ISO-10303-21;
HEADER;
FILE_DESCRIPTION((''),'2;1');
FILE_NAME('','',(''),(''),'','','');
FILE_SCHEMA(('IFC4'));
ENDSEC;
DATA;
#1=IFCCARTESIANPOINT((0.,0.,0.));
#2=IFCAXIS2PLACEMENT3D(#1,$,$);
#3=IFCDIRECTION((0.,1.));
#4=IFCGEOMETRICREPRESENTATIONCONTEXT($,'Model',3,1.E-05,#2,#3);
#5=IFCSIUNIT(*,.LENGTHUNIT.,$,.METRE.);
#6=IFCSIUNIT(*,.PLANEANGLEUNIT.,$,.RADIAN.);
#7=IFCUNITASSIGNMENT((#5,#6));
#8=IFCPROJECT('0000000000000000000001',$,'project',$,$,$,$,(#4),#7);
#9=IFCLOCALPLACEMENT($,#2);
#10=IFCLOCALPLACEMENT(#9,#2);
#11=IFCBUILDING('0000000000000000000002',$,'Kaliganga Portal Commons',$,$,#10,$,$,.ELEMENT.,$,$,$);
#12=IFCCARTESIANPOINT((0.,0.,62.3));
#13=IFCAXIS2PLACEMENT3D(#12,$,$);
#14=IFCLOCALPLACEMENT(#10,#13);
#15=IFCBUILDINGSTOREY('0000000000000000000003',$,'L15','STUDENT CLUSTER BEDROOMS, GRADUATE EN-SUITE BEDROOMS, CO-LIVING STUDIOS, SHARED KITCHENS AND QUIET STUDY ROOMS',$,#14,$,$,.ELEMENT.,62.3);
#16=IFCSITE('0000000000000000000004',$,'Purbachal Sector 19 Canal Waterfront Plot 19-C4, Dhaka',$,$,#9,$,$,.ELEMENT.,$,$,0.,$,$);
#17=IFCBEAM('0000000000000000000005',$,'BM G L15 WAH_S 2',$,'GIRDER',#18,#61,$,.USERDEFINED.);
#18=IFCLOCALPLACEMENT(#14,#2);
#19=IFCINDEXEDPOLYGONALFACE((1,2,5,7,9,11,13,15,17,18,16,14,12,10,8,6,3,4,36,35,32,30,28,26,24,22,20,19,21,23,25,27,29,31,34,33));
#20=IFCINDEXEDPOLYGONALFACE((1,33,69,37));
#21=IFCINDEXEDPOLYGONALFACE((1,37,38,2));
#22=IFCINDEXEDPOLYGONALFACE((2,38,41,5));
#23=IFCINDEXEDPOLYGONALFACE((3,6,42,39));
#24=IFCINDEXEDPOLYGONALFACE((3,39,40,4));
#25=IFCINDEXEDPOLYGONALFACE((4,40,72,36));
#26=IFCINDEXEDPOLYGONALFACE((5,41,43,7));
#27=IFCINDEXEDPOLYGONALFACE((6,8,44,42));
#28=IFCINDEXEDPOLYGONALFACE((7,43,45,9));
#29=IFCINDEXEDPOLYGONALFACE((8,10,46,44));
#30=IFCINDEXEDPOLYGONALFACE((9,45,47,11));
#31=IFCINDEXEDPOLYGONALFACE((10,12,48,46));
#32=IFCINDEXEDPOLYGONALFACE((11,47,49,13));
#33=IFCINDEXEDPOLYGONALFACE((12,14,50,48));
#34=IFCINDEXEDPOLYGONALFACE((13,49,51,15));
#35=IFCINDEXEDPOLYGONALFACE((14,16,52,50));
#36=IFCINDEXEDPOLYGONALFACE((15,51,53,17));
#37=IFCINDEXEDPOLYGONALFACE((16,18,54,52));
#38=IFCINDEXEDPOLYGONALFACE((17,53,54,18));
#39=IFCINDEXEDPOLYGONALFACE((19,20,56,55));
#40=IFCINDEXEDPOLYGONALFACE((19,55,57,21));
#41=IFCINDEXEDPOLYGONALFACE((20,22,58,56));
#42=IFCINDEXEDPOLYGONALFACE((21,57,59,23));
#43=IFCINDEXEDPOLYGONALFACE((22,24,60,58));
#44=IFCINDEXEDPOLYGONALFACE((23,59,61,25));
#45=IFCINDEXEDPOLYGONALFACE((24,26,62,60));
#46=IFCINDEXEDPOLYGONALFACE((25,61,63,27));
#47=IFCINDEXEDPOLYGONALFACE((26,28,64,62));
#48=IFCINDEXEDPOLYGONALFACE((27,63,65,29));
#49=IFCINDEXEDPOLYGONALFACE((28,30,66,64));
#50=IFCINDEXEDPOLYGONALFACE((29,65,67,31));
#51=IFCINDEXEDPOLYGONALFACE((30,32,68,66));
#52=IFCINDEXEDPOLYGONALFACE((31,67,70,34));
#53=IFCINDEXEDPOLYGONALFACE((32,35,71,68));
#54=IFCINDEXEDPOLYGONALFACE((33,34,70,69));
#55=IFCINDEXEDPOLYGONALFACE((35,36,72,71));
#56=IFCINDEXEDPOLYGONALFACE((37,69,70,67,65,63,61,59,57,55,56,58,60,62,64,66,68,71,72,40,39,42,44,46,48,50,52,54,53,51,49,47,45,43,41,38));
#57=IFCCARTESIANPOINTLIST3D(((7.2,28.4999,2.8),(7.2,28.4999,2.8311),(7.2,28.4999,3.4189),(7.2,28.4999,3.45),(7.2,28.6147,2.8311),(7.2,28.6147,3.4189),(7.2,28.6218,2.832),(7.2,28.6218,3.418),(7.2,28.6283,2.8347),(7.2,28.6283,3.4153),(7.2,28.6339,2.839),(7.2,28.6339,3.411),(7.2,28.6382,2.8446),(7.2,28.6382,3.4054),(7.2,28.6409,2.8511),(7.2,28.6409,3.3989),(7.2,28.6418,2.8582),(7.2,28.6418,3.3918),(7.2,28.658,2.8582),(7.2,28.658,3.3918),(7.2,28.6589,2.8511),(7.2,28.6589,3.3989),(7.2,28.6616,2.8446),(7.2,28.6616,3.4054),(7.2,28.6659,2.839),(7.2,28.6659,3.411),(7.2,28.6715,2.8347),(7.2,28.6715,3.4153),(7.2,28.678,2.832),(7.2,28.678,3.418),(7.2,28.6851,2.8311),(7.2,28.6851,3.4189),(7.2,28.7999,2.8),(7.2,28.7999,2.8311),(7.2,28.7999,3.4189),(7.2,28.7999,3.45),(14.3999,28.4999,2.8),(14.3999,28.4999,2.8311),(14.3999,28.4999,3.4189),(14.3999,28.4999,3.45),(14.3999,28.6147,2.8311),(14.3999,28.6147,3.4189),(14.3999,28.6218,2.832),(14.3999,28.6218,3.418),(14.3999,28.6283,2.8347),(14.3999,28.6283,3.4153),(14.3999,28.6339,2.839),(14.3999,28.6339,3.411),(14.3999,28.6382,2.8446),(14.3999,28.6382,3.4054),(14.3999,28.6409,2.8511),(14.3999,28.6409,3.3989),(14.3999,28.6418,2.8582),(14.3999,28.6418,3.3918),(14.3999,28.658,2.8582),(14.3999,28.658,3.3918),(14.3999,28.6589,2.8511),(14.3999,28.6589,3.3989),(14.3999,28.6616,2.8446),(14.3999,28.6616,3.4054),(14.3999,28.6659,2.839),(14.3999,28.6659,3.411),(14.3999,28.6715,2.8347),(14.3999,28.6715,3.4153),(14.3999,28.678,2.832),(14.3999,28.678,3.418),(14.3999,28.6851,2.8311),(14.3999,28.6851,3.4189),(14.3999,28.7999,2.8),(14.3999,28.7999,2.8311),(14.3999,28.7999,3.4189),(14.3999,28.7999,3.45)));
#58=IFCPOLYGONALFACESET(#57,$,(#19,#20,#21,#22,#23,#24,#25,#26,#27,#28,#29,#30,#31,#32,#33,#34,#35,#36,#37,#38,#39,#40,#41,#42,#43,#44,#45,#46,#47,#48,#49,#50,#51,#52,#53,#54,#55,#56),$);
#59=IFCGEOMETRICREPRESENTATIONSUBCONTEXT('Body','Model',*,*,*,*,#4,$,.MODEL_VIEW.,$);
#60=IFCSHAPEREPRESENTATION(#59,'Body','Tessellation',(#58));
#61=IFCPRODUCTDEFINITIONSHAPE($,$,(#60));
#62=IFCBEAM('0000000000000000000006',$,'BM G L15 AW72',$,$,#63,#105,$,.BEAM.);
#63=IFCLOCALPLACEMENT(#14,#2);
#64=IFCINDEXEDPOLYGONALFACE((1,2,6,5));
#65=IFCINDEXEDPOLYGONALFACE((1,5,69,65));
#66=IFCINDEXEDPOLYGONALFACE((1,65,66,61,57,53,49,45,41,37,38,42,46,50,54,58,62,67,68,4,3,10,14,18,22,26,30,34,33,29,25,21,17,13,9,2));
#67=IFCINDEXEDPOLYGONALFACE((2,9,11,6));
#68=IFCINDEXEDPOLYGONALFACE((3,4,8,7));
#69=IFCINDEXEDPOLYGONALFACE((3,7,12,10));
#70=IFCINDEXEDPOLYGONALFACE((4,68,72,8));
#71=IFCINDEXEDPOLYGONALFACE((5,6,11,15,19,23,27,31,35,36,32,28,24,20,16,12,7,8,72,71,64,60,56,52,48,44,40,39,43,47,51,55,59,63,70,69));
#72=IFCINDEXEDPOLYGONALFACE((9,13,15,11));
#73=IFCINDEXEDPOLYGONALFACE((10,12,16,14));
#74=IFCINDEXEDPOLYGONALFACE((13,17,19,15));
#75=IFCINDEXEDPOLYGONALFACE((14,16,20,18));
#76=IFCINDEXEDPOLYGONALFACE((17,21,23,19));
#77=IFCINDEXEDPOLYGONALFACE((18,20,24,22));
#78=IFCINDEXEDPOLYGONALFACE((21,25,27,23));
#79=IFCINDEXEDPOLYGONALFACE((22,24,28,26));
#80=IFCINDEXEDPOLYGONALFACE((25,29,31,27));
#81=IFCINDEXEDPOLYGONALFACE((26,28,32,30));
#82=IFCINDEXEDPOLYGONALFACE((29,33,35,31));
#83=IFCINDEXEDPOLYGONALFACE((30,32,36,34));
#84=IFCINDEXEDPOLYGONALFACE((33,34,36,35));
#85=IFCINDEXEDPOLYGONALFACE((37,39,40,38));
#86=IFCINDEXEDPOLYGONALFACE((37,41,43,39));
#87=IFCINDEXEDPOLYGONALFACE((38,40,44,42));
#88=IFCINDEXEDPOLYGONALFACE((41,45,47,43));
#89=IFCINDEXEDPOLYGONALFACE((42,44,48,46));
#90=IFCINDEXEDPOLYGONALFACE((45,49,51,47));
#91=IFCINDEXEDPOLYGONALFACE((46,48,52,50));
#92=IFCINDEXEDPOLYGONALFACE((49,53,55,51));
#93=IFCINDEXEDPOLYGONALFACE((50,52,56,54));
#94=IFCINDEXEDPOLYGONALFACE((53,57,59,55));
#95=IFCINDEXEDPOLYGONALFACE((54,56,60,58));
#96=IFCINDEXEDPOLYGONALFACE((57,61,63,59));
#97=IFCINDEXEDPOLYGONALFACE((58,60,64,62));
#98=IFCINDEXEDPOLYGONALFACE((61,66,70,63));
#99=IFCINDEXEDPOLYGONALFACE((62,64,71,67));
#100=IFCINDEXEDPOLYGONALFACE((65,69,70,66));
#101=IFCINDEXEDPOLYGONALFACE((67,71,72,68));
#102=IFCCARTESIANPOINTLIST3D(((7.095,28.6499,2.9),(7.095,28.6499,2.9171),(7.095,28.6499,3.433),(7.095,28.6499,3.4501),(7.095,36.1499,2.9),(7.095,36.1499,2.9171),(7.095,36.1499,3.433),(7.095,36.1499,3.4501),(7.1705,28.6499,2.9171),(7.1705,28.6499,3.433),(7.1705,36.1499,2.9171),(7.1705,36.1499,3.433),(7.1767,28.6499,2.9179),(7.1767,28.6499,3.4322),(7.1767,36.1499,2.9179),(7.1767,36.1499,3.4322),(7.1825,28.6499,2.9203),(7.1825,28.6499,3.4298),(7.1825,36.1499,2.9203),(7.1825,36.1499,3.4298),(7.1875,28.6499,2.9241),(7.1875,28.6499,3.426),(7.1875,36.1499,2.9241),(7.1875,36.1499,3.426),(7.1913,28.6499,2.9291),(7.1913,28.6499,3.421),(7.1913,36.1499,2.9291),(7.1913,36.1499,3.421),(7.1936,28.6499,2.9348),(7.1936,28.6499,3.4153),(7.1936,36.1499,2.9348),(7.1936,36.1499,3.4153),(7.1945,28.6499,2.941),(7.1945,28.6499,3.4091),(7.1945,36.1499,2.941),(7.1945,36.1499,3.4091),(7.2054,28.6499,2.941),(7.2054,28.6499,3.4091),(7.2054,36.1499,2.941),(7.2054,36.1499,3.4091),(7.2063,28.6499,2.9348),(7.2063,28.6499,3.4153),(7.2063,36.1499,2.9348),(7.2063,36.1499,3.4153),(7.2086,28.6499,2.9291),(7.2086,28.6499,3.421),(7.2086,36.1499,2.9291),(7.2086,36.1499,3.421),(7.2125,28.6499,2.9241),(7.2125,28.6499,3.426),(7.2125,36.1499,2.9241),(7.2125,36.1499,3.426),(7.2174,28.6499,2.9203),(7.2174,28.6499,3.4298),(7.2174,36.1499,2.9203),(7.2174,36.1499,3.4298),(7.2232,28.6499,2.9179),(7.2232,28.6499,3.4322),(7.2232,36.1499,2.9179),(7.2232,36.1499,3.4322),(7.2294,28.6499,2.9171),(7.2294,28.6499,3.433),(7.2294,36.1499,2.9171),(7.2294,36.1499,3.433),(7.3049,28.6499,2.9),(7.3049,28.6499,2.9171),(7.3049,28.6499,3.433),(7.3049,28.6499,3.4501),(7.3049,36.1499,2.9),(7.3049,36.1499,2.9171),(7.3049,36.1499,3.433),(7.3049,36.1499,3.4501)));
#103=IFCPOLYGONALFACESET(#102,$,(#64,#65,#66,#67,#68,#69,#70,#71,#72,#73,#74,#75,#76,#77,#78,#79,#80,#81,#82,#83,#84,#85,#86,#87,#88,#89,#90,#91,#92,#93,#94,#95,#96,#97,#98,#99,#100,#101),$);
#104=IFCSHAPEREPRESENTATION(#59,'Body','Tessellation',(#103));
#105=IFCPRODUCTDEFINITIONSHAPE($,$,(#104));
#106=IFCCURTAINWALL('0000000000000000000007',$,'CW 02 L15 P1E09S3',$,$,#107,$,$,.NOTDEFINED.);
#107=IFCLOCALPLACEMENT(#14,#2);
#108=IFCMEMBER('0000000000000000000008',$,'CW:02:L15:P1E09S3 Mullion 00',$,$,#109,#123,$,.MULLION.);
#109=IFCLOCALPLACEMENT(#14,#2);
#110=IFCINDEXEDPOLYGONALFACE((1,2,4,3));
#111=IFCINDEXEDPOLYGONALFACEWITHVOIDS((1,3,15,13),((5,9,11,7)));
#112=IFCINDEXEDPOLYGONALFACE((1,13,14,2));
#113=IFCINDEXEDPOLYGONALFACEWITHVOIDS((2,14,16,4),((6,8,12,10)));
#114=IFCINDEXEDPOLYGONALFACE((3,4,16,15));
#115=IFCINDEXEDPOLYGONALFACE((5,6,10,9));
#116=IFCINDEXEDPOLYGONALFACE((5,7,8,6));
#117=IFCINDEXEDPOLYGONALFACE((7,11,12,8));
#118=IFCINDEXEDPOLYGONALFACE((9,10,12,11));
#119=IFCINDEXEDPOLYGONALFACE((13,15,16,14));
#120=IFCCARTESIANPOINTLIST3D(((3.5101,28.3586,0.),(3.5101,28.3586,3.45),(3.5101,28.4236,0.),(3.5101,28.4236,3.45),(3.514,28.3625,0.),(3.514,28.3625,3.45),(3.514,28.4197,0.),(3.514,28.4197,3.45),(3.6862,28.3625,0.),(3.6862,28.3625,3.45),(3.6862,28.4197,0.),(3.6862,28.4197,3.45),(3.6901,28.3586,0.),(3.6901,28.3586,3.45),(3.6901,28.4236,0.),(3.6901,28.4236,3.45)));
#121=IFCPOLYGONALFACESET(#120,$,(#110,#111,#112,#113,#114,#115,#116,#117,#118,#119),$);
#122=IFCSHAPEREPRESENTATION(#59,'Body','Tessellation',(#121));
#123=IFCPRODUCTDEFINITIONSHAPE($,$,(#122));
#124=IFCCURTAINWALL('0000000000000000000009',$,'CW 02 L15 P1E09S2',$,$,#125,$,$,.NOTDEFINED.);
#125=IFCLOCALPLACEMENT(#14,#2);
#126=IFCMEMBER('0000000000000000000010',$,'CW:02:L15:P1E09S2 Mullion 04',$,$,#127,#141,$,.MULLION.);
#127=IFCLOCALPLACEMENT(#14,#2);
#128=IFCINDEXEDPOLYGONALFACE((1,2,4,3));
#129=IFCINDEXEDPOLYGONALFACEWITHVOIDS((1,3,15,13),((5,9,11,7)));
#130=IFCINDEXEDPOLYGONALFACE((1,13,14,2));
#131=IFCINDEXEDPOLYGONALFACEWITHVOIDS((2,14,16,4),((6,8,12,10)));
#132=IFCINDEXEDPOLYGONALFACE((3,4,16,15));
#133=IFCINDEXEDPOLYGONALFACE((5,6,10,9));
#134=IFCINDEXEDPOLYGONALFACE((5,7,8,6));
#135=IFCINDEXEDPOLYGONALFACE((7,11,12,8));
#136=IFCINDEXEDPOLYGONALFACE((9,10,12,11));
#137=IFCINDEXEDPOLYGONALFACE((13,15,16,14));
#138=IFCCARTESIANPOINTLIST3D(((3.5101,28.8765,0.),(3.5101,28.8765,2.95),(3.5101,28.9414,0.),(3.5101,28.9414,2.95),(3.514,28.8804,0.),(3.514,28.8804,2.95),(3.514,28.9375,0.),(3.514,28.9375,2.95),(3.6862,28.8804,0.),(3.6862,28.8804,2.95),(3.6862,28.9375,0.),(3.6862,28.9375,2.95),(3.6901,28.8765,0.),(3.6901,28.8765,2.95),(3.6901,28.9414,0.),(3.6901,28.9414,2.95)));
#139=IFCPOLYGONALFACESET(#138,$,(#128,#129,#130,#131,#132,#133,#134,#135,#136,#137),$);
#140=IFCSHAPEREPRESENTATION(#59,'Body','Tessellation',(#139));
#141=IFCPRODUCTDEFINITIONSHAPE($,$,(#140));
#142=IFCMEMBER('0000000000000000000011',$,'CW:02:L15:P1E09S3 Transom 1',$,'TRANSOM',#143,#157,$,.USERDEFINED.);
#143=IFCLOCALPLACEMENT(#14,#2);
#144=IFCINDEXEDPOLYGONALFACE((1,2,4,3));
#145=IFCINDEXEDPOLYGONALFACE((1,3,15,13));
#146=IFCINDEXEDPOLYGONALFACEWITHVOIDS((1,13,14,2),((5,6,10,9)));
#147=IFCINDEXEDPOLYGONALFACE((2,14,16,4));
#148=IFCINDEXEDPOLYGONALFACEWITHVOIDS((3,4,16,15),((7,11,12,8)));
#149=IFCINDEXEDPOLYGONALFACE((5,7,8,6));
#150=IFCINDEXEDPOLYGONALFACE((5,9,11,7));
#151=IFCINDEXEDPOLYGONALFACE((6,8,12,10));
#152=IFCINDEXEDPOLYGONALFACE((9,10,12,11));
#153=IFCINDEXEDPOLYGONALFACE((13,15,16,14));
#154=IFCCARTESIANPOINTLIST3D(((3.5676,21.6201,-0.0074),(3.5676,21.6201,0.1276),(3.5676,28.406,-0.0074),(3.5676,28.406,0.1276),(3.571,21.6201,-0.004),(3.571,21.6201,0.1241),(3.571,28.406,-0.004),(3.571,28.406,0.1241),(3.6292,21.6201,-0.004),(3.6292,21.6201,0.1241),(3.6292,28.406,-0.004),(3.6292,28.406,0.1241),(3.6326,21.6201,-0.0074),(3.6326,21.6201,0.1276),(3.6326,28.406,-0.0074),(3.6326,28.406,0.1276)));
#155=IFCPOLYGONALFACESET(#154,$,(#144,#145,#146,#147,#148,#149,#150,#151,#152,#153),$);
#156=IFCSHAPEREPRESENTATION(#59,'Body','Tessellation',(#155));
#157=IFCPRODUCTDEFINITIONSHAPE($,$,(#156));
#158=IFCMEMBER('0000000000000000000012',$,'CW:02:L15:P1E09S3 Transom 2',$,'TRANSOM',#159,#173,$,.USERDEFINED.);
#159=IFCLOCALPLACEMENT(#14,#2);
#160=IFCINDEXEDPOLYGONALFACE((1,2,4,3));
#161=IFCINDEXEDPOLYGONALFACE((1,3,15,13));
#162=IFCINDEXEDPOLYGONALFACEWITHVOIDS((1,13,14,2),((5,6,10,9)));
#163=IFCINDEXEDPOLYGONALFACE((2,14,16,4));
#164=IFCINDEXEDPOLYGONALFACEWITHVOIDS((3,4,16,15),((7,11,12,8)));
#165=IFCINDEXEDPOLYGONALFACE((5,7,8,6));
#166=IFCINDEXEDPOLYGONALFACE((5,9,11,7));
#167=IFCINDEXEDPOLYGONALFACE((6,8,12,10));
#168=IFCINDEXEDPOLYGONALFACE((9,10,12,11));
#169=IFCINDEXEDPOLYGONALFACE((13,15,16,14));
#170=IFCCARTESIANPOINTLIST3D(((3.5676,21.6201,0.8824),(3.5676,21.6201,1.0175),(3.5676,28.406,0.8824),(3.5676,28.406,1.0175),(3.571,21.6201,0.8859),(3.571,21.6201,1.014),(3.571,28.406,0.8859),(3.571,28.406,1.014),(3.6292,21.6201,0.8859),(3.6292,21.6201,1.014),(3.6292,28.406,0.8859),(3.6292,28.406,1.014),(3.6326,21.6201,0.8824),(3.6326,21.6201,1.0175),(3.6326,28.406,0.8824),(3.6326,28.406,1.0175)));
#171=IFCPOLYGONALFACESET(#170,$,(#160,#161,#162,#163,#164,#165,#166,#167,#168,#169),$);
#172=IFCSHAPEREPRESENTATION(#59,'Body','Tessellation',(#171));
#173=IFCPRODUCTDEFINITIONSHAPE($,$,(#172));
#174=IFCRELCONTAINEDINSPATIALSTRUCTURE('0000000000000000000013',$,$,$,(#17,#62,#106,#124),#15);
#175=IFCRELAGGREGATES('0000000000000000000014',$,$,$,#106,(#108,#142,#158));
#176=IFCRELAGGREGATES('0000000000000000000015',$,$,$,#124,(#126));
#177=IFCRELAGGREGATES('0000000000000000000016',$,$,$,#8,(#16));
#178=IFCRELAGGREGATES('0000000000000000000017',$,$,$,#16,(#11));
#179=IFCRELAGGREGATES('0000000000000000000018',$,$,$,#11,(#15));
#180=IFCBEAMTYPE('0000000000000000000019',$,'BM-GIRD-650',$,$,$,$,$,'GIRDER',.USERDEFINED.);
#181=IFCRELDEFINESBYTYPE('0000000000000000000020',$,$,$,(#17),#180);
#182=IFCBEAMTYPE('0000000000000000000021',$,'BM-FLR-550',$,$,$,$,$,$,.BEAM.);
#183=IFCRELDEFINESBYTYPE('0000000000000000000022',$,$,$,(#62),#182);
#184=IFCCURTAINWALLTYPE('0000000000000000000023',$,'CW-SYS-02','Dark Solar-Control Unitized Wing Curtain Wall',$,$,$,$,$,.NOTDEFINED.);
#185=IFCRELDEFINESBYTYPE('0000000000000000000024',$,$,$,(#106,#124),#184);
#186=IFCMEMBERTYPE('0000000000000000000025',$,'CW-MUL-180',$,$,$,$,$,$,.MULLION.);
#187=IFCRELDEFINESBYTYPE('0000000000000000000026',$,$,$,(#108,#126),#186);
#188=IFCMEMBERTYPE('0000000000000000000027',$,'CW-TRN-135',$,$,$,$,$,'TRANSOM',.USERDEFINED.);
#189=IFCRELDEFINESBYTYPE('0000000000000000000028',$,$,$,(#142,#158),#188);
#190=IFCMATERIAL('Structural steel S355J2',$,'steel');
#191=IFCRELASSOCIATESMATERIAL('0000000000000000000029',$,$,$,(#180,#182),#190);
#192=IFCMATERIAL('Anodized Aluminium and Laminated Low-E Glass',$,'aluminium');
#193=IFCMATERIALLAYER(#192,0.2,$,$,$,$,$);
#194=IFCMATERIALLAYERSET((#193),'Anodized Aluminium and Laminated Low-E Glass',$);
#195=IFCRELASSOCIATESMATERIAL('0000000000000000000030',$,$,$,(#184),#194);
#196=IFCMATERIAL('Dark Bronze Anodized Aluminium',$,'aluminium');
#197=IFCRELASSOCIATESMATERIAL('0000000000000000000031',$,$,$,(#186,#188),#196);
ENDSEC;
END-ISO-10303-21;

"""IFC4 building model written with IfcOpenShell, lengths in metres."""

from ifc_helpers import new_model, si_unit, direction, frame, origin, origin_2d, place, context, subcontext, project, spatial, hollow_rectangle, i_section, extrude, source, transform, mapped, material, layer, layer_set, material_profile, profile_set, type_object, element, aggregate, save


model = new_model("IFC4")

# Units and contexts
model_context = context("Model", 3, precision=1e-05, world=origin(), true_north=direction((0.0, 1.0)))
body_context = subcontext(model_context, "Body", "Model", "MODEL_VIEW")
ifc_project = project(units=[si_unit("LENGTHUNIT", "METRE"), si_unit("PLANEANGLEUNIT", "RADIAN")], contexts=[model_context])

# Site, building, storey
site_placement = place(None, origin())
site = spatial("IfcSite", under=ifc_project, at=site_placement, Name="Purbachal Sector 19 Canal Waterfront Plot 19-C4, Dhaka", CompositionType="ELEMENT", RefElevation=0.0)
building_placement = place(site_placement, origin())
building = spatial("IfcBuilding", under=site, at=building_placement, Name="Kaliganga Portal Commons", CompositionType="ELEMENT")
storey_placement = place(building_placement, frame((0.0, 0.0, 62.3)))
storey = spatial("IfcBuildingStorey", under=building, at=storey_placement, Name="L15", Description="STUDENT CLUSTER BEDROOMS, GRADUATE EN-SUITE BEDROOMS, CO-LIVING STUDIOS, SHARED KITCHENS AND QUIET STUDY ROOMS", CompositionType="ELEMENT", Elevation=62.3)

# Beams
ifc_material_1 = material(Name="Structural steel S355J2", Category="steel")
ifc_material_profile_1 = material_profile(ifc_material_1, i_section(OverallWidth=0.3, OverallDepth=0.6499, WebThickness=0.0161, FlangeThickness=0.031, FilletRadius=0.0271, at=origin_2d()), Name="HE 650 B")
ifc_profile_set_1 = profile_set([ifc_material_profile_1], Name="Structural steel S355J2 wide-flange")
beam_type_1 = type_object("IfcBeamType", Name="BM-GIRD-650", ElementType="GIRDER", PredefinedType="USERDEFINED", material=ifc_profile_set_1)
shared_shape_1 = source(origin(), body_context, "Body", "SweptSolid", [
    extrude(i_section(OverallWidth=0.3, OverallDepth=0.6499, WebThickness=0.0161, FlangeThickness=0.031, FilletRadius=0.0271, at=origin_2d()), origin(), (0.0, 0.0, 1.0), 7.2),
])
beam_1_placement = place(storey_placement, frame((7.2, 28.6499, 3.125), z_axis=(1.0, 0.0, 0.0), x_axis=(0.0, 1.0, 0.0)))
element("IfcBeam", 1, at=beam_1_placement, inside=storey, type_object=beam_type_1, Name="BM G L15 WAH_S 2", ObjectType="GIRDER", PredefinedType="USERDEFINED", context=body_context, shape_type="MappedRepresentation", body=[
    mapped(shared_shape_1, transform((0.0, 0.0, 0.0), x_axis=(1.0, 0.0, 0.0), y_axis=(0.0, 1.0, 0.0), z_axis=(0.0, 0.0, 1.0), scale=1.0)),
])
ifc_material_profile_2 = material_profile(ifc_material_1, i_section(OverallWidth=0.21, OverallDepth=0.55, WebThickness=0.011, FlangeThickness=0.0171, FilletRadius=0.0239, at=origin_2d()), Name="IPE 550")
ifc_profile_set_2 = profile_set([ifc_material_profile_2], Name="Structural steel S355J2 wide-flange")
beam_type_2 = type_object("IfcBeamType", Name="BM-FLR-550", PredefinedType="BEAM", material=ifc_profile_set_2)
shared_shape_2 = source(origin(), body_context, "Body", "SweptSolid", [
    extrude(i_section(OverallWidth=0.21, OverallDepth=0.55, WebThickness=0.011, FlangeThickness=0.0171, FilletRadius=0.0239, at=origin_2d()), origin(), (0.0, 0.0, 1.0), 7.5),
])
beam_2_placement = place(storey_placement, frame((7.2, 28.6499, 3.175), z_axis=(0.0, 1.0, 0.0), x_axis=(-1.0, 0.0, 0.0)))
element("IfcBeam", 2, at=beam_2_placement, inside=storey, type_object=beam_type_2, Name="BM G L15 AW72", PredefinedType="BEAM", context=body_context, shape_type="MappedRepresentation", body=[
    mapped(shared_shape_2, transform((0.0, 0.0, 0.0), x_axis=(1.0, 0.0, 0.0), y_axis=(0.0, 1.0, 0.0), z_axis=(0.0, 0.0, 1.0), scale=1.0)),
])

# Curtain walls, members
ifc_material_2 = material(Name="Anodized Aluminium and Laminated Low-E Glass", Category="aluminium")
ifc_layer_1 = layer(ifc_material_2, 0.2)
ifc_layer_set_1 = layer_set([ifc_layer_1], Name="Anodized Aluminium and Laminated Low-E Glass")
curtain_wall_type = type_object("IfcCurtainWallType", Name="CW-SYS-02", Description="Dark Solar-Control Unitized Wing Curtain Wall", PredefinedType="NOTDEFINED", material=ifc_layer_set_1)
curtain_wall_1_placement = place(storey_placement, origin())
curtain_wall_1 = element("IfcCurtainWall", 3, at=curtain_wall_1_placement, inside=storey, type_object=curtain_wall_type, Name="CW 02 L15 P1E09S3", PredefinedType="NOTDEFINED")
ifc_material_3 = material(Name="Dark Bronze Anodized Aluminium", Category="aluminium")
ifc_material_profile_3 = material_profile(ifc_material_3, hollow_rectangle(XDim=0.0649, YDim=0.1799, WallThickness=0.0039, at=origin_2d()), Name="ALU MULL 65x180x4")
ifc_profile_set_3 = profile_set([ifc_material_profile_3], Name="Dark Bronze Anodized Aluminium")
member_type_1 = type_object("IfcMemberType", Name="CW-MUL-180", PredefinedType="MULLION", material=ifc_profile_set_3)
shared_shape_3 = source(origin(), body_context, "Body", "SweptSolid", [
    extrude(hollow_rectangle(XDim=0.0649, YDim=0.1799, WallThickness=0.0039, at=origin_2d()), origin(), (0.0, 0.0, 1.0), 3.45),
])
member_1_placement = place(storey_placement, frame((3.6001, 28.3911, 0.0), z_axis=(0.0, 0.0, 1.0), x_axis=(0.0, -1.0, 0.0)))
member_1 = element("IfcMember", 4, at=member_1_placement, type_object=member_type_1, Name="CW:02:L15:P1E09S3 Mullion 00", PredefinedType="MULLION", context=body_context, shape_type="MappedRepresentation", body=[
    mapped(shared_shape_3, transform((0.0, 0.0, 0.0), x_axis=(1.0, 0.0, 0.0), y_axis=(0.0, 1.0, 0.0), z_axis=(0.0, 0.0, 1.0), scale=1.0)),
])
curtain_wall_2_placement = place(storey_placement, origin())
curtain_wall_2 = element("IfcCurtainWall", 5, at=curtain_wall_2_placement, inside=storey, type_object=curtain_wall_type, Name="CW 02 L15 P1E09S2", PredefinedType="NOTDEFINED")
shared_shape_4 = source(origin(), body_context, "Body", "SweptSolid", [
    extrude(hollow_rectangle(XDim=0.0649, YDim=0.1799, WallThickness=0.0039, at=origin_2d()), origin(), (0.0, 0.0, 1.0), 2.95),
])
member_2_placement = place(storey_placement, frame((3.6001, 28.9089, 0.0), z_axis=(0.0, 0.0, 1.0), x_axis=(0.0, -1.0, 0.0)))
member_2 = element("IfcMember", 6, at=member_2_placement, type_object=member_type_1, Name="CW:02:L15:P1E09S2 Mullion 04", PredefinedType="MULLION", context=body_context, shape_type="MappedRepresentation", body=[
    mapped(shared_shape_4, transform((0.0, 0.0, 0.0), x_axis=(1.0, 0.0, 0.0), y_axis=(0.0, 1.0, 0.0), z_axis=(0.0, 0.0, 1.0), scale=1.0)),
])

# Members
ifc_material_profile_4 = material_profile(ifc_material_3, hollow_rectangle(XDim=0.0649, YDim=0.135, WallThickness=0.0034, at=origin_2d()), Name="ALU TRAN 65x135x3.5")
ifc_profile_set_4 = profile_set([ifc_material_profile_4], Name="Dark Bronze Anodized Aluminium")
member_type_2 = type_object("IfcMemberType", Name="CW-TRN-135", ElementType="TRANSOM", PredefinedType="USERDEFINED", material=ifc_profile_set_4)
shared_shape_5 = source(origin(), body_context, "Body", "SweptSolid", [
    extrude(hollow_rectangle(XDim=0.0649, YDim=0.135, WallThickness=0.0034, at=origin_2d()), origin(), (0.0, 0.0, 1.0), 6.7859),
])
member_3_placement = place(storey_placement, frame((3.6001, 28.406, 0.0601), z_axis=(0.0, -1.0, 0.0), x_axis=(1.0, 0.0, 0.0)))
member_3 = element("IfcMember", 7, at=member_3_placement, type_object=member_type_2, Name="CW:02:L15:P1E09S3 Transom 1", ObjectType="TRANSOM", PredefinedType="USERDEFINED", context=body_context, shape_type="MappedRepresentation", body=[
    mapped(shared_shape_5, transform((0.0, 0.0, 0.0), x_axis=(1.0, 0.0, 0.0), y_axis=(0.0, 1.0, 0.0), z_axis=(0.0, 0.0, 1.0), scale=1.0)),
])
member_4_placement = place(storey_placement, frame((3.6001, 28.406, 0.95), z_axis=(0.0, -1.0, 0.0), x_axis=(1.0, 0.0, 0.0)))
member_4 = element("IfcMember", 8, at=member_4_placement, type_object=member_type_2, Name="CW:02:L15:P1E09S3 Transom 2", ObjectType="TRANSOM", PredefinedType="USERDEFINED", context=body_context, shape_type="MappedRepresentation", body=[
    mapped(shared_shape_5, transform((0.0, 0.0, 0.0), x_axis=(1.0, 0.0, 0.0), y_axis=(0.0, 1.0, 0.0), z_axis=(0.0, 0.0, 1.0), scale=1.0)),
])

aggregate(curtain_wall_1, [member_1, member_3, member_4])
aggregate(curtain_wall_2, [member_2])

save(model, "model.ifc")
